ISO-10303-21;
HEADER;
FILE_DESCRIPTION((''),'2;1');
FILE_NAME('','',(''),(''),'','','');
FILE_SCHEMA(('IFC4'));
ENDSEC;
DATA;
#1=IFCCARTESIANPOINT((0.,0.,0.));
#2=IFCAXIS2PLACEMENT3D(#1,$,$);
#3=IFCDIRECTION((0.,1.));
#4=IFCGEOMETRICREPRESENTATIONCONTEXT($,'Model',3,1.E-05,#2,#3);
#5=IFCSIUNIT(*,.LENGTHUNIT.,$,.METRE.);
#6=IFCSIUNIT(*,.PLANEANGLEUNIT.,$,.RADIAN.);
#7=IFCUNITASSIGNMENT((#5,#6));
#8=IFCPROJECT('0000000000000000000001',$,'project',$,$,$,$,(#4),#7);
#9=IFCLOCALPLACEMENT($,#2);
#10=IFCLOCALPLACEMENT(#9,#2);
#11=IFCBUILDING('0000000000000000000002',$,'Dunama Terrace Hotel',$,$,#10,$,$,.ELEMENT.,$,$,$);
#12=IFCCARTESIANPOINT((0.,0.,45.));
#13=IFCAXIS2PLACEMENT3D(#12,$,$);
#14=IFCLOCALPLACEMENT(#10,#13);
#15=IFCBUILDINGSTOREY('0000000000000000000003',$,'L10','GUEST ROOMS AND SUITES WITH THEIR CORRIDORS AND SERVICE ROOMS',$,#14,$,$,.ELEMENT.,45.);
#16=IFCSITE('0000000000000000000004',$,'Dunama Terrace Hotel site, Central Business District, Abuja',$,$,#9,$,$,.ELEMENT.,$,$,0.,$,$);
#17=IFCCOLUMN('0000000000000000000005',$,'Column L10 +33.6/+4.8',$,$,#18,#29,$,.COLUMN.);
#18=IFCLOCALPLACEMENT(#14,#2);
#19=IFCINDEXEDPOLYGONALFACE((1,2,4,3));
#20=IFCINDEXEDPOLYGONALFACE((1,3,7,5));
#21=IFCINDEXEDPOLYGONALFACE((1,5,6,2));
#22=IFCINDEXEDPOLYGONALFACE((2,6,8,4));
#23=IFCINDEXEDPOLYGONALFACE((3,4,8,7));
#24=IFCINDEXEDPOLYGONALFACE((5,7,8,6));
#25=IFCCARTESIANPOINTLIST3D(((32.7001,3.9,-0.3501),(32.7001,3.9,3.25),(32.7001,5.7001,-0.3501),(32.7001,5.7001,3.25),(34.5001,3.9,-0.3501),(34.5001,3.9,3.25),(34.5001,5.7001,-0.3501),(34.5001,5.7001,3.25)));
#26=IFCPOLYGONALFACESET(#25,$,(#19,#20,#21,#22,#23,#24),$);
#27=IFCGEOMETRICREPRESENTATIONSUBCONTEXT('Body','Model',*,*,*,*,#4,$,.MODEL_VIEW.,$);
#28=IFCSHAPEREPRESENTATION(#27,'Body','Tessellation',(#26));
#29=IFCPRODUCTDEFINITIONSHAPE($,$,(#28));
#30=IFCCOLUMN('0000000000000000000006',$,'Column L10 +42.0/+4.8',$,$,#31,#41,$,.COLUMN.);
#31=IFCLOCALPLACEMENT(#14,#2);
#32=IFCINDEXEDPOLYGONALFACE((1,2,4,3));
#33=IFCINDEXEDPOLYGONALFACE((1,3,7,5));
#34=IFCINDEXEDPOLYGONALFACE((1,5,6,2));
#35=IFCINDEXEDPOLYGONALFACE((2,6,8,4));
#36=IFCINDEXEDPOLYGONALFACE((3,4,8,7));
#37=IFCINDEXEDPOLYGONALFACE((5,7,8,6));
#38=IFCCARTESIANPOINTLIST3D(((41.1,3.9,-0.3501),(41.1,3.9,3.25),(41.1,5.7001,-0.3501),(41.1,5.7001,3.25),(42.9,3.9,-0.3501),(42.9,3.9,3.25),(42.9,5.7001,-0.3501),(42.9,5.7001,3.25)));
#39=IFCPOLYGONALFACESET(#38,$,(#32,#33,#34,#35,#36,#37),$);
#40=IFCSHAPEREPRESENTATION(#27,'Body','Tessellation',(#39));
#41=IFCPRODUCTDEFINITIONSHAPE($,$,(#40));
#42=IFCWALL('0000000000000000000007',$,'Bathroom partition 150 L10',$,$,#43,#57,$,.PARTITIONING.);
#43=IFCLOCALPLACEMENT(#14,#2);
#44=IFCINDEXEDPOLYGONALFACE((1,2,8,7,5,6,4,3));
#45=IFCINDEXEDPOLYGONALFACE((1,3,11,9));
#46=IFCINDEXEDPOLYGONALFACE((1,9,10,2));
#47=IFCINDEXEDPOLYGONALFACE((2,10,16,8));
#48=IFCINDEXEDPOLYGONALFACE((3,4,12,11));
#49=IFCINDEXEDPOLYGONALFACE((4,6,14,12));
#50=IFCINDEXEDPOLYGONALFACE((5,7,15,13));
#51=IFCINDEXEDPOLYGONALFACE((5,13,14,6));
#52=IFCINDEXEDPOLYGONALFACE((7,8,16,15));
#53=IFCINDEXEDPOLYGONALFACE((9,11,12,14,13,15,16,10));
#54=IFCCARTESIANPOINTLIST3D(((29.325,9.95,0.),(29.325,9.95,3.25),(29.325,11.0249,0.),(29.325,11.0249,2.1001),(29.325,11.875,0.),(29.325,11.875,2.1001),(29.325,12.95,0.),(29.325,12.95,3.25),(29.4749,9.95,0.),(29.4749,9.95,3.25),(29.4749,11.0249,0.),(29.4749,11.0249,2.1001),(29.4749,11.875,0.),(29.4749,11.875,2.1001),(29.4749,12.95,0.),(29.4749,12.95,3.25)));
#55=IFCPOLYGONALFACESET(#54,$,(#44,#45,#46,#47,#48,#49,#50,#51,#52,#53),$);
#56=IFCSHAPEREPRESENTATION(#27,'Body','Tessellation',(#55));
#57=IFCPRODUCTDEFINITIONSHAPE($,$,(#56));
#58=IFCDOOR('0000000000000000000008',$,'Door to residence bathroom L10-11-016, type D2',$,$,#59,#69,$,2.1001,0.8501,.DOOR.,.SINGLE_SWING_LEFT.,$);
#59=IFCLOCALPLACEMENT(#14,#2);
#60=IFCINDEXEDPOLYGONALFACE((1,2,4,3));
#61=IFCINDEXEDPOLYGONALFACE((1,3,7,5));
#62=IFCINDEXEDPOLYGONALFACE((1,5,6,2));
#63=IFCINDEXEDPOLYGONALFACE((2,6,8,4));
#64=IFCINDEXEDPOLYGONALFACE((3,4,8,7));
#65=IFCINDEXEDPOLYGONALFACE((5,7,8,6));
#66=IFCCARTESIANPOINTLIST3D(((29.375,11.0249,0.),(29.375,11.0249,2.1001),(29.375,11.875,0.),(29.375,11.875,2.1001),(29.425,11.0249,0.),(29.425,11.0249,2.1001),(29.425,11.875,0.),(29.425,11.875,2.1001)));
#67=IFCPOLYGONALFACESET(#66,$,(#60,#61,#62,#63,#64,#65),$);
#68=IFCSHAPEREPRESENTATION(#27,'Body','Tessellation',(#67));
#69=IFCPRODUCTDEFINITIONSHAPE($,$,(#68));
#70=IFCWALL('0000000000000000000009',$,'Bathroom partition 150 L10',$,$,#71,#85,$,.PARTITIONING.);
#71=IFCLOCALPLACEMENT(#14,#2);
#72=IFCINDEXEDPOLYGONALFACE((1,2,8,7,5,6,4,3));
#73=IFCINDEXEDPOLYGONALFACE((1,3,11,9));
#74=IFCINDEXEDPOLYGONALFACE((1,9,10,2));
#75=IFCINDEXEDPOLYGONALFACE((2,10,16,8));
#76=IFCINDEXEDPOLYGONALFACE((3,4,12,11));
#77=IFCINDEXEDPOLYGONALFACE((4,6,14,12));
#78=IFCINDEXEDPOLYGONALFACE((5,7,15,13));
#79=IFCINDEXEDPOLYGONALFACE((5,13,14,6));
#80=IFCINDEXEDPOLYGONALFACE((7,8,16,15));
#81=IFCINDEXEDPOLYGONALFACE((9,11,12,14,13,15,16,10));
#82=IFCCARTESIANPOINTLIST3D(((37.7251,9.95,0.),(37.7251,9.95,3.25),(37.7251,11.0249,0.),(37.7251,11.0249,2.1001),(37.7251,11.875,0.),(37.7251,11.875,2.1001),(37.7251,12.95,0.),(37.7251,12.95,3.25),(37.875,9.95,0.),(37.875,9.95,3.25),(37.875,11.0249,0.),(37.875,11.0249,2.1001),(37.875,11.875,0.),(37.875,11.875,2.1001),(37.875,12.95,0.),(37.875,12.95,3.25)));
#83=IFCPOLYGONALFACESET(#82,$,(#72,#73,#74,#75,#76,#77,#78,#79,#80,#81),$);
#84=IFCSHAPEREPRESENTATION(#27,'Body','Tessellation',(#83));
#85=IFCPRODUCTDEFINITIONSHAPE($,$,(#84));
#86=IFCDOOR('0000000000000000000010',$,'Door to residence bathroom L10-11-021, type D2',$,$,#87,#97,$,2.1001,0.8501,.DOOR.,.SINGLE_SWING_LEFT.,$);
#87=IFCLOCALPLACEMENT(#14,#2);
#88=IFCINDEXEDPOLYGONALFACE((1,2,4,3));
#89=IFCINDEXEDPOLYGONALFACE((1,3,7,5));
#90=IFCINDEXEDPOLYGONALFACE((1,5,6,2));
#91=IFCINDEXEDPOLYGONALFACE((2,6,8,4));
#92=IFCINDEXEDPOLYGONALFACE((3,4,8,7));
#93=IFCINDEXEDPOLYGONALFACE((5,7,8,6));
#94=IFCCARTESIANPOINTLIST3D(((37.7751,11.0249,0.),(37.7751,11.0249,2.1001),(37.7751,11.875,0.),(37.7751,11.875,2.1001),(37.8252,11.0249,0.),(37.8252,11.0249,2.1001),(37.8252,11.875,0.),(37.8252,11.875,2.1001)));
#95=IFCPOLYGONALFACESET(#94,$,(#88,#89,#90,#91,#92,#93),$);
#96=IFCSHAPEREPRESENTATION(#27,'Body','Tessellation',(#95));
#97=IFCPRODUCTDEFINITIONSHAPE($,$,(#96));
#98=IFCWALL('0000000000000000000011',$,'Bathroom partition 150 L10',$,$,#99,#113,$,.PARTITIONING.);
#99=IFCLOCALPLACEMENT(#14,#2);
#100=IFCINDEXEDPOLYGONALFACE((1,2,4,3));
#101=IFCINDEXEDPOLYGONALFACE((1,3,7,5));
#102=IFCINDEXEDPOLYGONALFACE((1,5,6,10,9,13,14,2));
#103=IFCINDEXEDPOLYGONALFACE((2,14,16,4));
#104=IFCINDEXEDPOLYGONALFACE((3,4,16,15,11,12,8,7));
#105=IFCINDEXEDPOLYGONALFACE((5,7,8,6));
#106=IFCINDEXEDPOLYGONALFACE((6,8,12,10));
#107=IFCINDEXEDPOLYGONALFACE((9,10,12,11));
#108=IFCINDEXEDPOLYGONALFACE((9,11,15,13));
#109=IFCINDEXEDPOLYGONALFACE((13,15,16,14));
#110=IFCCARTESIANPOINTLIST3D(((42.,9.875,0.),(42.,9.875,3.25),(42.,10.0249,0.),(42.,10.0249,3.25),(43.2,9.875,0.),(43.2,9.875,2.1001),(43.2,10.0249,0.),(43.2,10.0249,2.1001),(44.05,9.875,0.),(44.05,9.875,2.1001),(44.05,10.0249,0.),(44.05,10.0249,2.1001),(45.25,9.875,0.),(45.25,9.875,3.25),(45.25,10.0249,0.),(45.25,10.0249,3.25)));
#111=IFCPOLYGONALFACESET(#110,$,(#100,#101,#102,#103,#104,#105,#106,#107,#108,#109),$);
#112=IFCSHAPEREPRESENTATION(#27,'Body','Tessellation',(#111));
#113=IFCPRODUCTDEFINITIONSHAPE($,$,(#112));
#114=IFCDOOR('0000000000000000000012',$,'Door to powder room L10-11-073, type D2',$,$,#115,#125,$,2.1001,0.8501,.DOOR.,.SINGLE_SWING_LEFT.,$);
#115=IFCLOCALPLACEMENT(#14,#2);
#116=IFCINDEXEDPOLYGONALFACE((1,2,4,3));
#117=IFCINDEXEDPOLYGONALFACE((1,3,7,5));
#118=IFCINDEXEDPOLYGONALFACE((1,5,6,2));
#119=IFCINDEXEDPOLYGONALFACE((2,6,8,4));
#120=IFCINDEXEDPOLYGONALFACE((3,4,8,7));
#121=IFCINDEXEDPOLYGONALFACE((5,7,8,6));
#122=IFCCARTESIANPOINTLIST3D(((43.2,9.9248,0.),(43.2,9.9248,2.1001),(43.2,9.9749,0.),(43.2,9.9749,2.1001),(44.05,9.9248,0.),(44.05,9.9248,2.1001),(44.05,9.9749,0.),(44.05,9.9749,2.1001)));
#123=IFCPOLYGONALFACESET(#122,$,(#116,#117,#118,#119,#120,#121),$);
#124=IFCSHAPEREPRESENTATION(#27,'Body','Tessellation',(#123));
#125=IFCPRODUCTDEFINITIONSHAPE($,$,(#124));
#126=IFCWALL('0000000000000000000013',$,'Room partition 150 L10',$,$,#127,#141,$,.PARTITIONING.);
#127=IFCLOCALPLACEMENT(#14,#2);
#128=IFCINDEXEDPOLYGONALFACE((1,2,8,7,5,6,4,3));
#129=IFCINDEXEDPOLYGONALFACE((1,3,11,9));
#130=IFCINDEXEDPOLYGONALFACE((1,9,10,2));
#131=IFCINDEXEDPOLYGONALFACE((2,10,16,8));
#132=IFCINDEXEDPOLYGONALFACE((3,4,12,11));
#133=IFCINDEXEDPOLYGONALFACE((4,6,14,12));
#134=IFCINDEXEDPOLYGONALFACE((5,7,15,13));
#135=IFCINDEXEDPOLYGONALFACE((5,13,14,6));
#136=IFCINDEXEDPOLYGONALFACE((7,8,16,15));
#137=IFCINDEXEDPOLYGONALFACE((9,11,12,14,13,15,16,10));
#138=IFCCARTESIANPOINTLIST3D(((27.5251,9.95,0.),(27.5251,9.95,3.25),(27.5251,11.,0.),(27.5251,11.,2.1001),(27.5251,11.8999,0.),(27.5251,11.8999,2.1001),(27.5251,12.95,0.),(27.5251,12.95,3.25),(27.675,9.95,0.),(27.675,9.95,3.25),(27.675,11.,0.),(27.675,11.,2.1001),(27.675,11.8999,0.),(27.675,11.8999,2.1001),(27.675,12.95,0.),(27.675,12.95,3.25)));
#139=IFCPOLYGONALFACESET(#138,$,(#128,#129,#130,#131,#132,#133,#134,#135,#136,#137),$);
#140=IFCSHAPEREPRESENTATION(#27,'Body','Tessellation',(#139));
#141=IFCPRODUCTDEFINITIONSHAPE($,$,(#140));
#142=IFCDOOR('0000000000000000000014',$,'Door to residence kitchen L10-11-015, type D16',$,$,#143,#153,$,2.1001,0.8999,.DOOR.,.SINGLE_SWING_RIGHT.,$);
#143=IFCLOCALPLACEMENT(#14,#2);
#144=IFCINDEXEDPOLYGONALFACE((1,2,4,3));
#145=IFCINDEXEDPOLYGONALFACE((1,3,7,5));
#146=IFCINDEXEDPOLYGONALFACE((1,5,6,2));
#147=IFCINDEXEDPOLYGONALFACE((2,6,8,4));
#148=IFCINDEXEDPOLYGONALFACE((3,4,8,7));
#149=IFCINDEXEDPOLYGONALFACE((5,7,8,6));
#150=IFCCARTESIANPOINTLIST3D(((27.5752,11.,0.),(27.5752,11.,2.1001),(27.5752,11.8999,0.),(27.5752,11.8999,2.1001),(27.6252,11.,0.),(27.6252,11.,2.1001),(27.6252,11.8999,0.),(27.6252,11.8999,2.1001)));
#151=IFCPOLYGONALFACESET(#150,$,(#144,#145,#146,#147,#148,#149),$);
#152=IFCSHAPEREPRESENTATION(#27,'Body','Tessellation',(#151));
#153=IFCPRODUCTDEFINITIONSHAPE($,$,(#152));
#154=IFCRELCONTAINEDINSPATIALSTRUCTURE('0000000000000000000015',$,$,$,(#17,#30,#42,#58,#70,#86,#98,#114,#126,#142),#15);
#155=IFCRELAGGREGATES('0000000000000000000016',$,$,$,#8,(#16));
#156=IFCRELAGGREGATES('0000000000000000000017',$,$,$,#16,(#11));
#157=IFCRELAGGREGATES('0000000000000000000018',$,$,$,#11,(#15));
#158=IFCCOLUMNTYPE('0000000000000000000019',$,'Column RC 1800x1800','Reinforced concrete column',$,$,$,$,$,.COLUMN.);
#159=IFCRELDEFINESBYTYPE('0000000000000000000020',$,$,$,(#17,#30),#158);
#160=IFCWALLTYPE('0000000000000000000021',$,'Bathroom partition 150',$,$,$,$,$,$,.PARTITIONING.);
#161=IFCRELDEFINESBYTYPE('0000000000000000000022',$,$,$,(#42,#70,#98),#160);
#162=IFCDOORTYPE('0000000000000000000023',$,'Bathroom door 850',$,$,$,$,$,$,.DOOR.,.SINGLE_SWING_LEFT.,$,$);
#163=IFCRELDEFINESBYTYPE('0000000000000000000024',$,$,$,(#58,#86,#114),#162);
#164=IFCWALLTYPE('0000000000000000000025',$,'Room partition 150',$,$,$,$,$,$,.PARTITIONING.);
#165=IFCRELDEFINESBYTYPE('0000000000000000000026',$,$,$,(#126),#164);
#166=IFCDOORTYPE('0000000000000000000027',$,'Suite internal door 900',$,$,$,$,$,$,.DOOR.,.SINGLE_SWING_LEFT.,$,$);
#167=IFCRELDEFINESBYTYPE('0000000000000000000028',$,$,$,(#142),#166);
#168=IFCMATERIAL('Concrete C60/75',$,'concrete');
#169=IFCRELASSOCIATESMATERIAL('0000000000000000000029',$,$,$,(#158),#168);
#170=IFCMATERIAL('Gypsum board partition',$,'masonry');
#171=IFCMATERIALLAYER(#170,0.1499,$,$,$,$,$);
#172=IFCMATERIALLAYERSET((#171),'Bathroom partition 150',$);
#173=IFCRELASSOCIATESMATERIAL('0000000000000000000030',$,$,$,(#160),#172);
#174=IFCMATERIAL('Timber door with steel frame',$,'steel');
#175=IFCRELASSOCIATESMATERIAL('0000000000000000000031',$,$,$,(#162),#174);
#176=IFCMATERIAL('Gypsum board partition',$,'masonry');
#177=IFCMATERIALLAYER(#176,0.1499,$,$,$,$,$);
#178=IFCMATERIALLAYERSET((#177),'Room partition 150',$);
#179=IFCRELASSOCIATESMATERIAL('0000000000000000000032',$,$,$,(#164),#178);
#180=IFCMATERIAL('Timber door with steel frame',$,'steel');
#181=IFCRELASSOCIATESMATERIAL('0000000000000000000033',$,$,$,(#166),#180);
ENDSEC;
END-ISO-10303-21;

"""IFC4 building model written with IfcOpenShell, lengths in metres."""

from ifc_helpers import new_model, si_unit, direction, frame, frame_2d, origin, origin_2d, place, context, subcontext, project, spatial, rectangle, extrude, material, layer, layer_set, material_profile, profile_set, type_object, element, fill, save


model = new_model("IFC4")

# Units and contexts
model_context = context("Model", 3, precision=1e-05, world=origin(), true_north=direction((0.0, 1.0)))
body_context = subcontext(model_context, "Body", "Model", "MODEL_VIEW")
ifc_project = project(units=[si_unit("LENGTHUNIT", "METRE"), si_unit("PLANEANGLEUNIT", "RADIAN")], contexts=[model_context])

# Site, building, storey
site_placement = place(None, origin())
site = spatial("IfcSite", under=ifc_project, at=site_placement, Name="Dunama Terrace Hotel site, Central Business District, Abuja", CompositionType="ELEMENT", RefElevation=0.0)
building_placement = place(site_placement, origin())
building = spatial("IfcBuilding", under=site, at=building_placement, Name="Dunama Terrace Hotel", CompositionType="ELEMENT")
storey_placement = place(building_placement, frame((0.0, 0.0, 45.0)))
storey = spatial("IfcBuildingStorey", under=building, at=storey_placement, Name="L10", Description="GUEST ROOMS AND SUITES WITH THEIR CORRIDORS AND SERVICE ROOMS", CompositionType="ELEMENT", Elevation=45.0)

# Columns
ifc_material_1 = material(Name="Concrete C60/75", Category="concrete")
ifc_material_profile = material_profile(ifc_material_1, rectangle(XDim=1.8, YDim=1.8, at=origin_2d()), Name="RC 1800x1800")
ifc_profile_set = profile_set([ifc_material_profile], Name="Concrete C60/75")
column_type = type_object("IfcColumnType", Name="Column RC 1800x1800", Description="Reinforced concrete column", PredefinedType="COLUMN", material=ifc_profile_set)
for number, where, z_axis, x_axis, name in (
    (1, (33.6001, 4.8, -0.3501), (0.0, 0.0, 1.0), (1.0, 0.0, 0.0), "Column L10 +33.6/+4.8"),
    (2, (42.0, 4.8, -0.3501), (0.0, 0.0, 1.0), (1.0, 0.0, 0.0), "Column L10 +42.0/+4.8"),
):
    element("IfcColumn", number, at=place(storey_placement, frame(where, z_axis=z_axis, x_axis=x_axis)), inside=storey, type_object=column_type, Name=name, PredefinedType="COLUMN", context=body_context, shape_type="SweptSolid", body=[
        extrude(rectangle(XDim=1.8, YDim=1.8, at=origin_2d()), origin(), (0.0, 0.0, 1.0), 3.6001),
    ])

# Walls, openings, doors
ifc_material_2 = material(Name="Gypsum board partition", Category="masonry")
ifc_layer_1 = layer(ifc_material_2, 0.1499)
ifc_layer_set_1 = layer_set([ifc_layer_1], Name="Bathroom partition 150")
wall_type_1 = type_object("IfcWallType", Name="Bathroom partition 150", PredefinedType="PARTITIONING", material=ifc_layer_set_1)
wall_1_placement = place(storey_placement, frame((29.3999, 9.95, 0.0), z_axis=(0.0, 0.0, 1.0), x_axis=(0.0, 1.0, 0.0)))
wall_1 = element("IfcWall", 3, at=wall_1_placement, inside=storey, type_object=wall_type_1, Name="Bathroom partition 150 L10", PredefinedType="PARTITIONING", context=body_context, shape_type="SweptSolid", body=[
    extrude(rectangle(XDim=3.0, YDim=0.1499, at=frame_2d((1.5, 0.0))), origin(), (0.0, 0.0, 1.0), 3.25),
])
opening_1_placement = place(wall_1_placement, frame((1.075, 0.0, 0.0)))
opening_1 = element("IfcOpeningElement", 4, at=opening_1_placement, cuts=wall_1, PredefinedType="OPENING", context=body_context, shape_type="SweptSolid", body=[
    extrude(rectangle(XDim=0.8501, YDim=2.1001, at=frame_2d((0.425, 1.05))), frame((0.0, 0.085, 0.0), z_axis=(0.0, -1.0, 0.0), x_axis=(1.0, 0.0, 0.0)), (0.0, 0.0, 1.0), 0.1699),
])
ifc_material_3 = material(Name="Timber door with steel frame", Category="steel")
door_type_1 = type_object("IfcDoorType", Name="Bathroom door 850", OperationType="SINGLE_SWING_LEFT", PredefinedType="DOOR", material=ifc_material_3)
door_1_placement = place(opening_1_placement, frame((0.8501, 0.0, 0.0), z_axis=(0.0, 0.0, 1.0), x_axis=(-1.0, 0.0, 0.0)))
door_1 = element("IfcDoor", 5, at=door_1_placement, inside=storey, type_object=door_type_1, Name="Door to residence bathroom L10-11-016, type D2", OperationType="SINGLE_SWING_LEFT", OverallHeight=2.1001, OverallWidth=0.8501, PredefinedType="DOOR", context=body_context, shape_type="SweptSolid", body=[
    extrude(rectangle(XDim=0.8501, YDim=2.1001, at=frame_2d((0.425, 1.05))), frame((0.0, 0.0251, 0.0), z_axis=(0.0, -1.0, 0.0), x_axis=(1.0, 0.0, 0.0)), (0.0, 0.0, 1.0), 0.05),
])
fill(opening_1, door_1)
wall_2_placement = place(storey_placement, frame((37.8, 9.95, 0.0), z_axis=(0.0, 0.0, 1.0), x_axis=(0.0, 1.0, 0.0)))
wall_2 = element("IfcWall", 6, at=wall_2_placement, inside=storey, type_object=wall_type_1, Name="Bathroom partition 150 L10", PredefinedType="PARTITIONING", context=body_context, shape_type="SweptSolid", body=[
    extrude(rectangle(XDim=3.0, YDim=0.1499, at=frame_2d((1.5, 0.0))), origin(), (0.0, 0.0, 1.0), 3.25),
])
opening_2_placement = place(wall_2_placement, frame((1.075, 0.0, 0.0)))
opening_2 = element("IfcOpeningElement", 7, at=opening_2_placement, cuts=wall_2, PredefinedType="OPENING", context=body_context, shape_type="SweptSolid", body=[
    extrude(rectangle(XDim=0.8501, YDim=2.1001, at=frame_2d((0.425, 1.05))), frame((0.0, 0.085, 0.0), z_axis=(0.0, -1.0, 0.0), x_axis=(1.0, 0.0, 0.0)), (0.0, 0.0, 1.0), 0.1699),
])
door_2_placement = place(opening_2_placement, frame((0.8501, 0.0, 0.0), z_axis=(0.0, 0.0, 1.0), x_axis=(-1.0, 0.0, 0.0)))
door_2 = element("IfcDoor", 8, at=door_2_placement, inside=storey, type_object=door_type_1, Name="Door to residence bathroom L10-11-021, type D2", OperationType="SINGLE_SWING_LEFT", OverallHeight=2.1001, OverallWidth=0.8501, PredefinedType="DOOR", context=body_context, shape_type="SweptSolid", body=[
    extrude(rectangle(XDim=0.8501, YDim=2.1001, at=frame_2d((0.425, 1.05))), frame((0.0, 0.0251, 0.0), z_axis=(0.0, -1.0, 0.0), x_axis=(1.0, 0.0, 0.0)), (0.0, 0.0, 1.0), 0.05),
])
fill(opening_2, door_2)
wall_3_placement = place(storey_placement, frame((42.0, 9.95, 0.0), z_axis=(0.0, 0.0, 1.0), x_axis=(1.0, 0.0, 0.0)))
wall_3 = element("IfcWall", 9, at=wall_3_placement, inside=storey, type_object=wall_type_1, Name="Bathroom partition 150 L10", PredefinedType="PARTITIONING", context=body_context, shape_type="SweptSolid", body=[
    extrude(rectangle(XDim=3.25, YDim=0.1499, at=frame_2d((1.625, 0.0))), origin(), (0.0, 0.0, 1.0), 3.25),
])
opening_3_placement = place(wall_3_placement, frame((1.2, 0.0, 0.0)))
opening_3 = element("IfcOpeningElement", 10, at=opening_3_placement, cuts=wall_3, PredefinedType="OPENING", context=body_context, shape_type="SweptSolid", body=[
    extrude(rectangle(XDim=0.8501, YDim=2.1001, at=frame_2d((0.425, 1.05))), frame((0.0, 0.085, 0.0), z_axis=(0.0, -1.0, 0.0), x_axis=(1.0, 0.0, 0.0)), (0.0, 0.0, 1.0), 0.1699),
])
door_3_placement = place(opening_3_placement, origin())
door_3 = element("IfcDoor", 11, at=door_3_placement, inside=storey, type_object=door_type_1, Name="Door to powder room L10-11-073, type D2", OperationType="SINGLE_SWING_LEFT", OverallHeight=2.1001, OverallWidth=0.8501, PredefinedType="DOOR", context=body_context, shape_type="SweptSolid", body=[
    extrude(rectangle(XDim=0.8501, YDim=2.1001, at=frame_2d((0.425, 1.05))), frame((0.0, 0.0249, 0.0), z_axis=(0.0, -1.0, 0.0), x_axis=(1.0, 0.0, 0.0)), (0.0, 0.0, 1.0), 0.05),
])
fill(opening_3, door_3)
ifc_material_4 = material(Name="Gypsum board partition", Category="masonry")
ifc_layer_2 = layer(ifc_material_4, 0.1499)
ifc_layer_set_2 = layer_set([ifc_layer_2], Name="Room partition 150")
wall_type_2 = type_object("IfcWallType", Name="Room partition 150", PredefinedType="PARTITIONING", material=ifc_layer_set_2)
wall_4_placement = place(storey_placement, frame((27.6001, 9.95, 0.0), z_axis=(0.0, 0.0, 1.0), x_axis=(0.0, 1.0, 0.0)))
wall_4 = element("IfcWall", 12, at=wall_4_placement, inside=storey, type_object=wall_type_2, Name="Room partition 150 L10", PredefinedType="PARTITIONING", context=body_context, shape_type="SweptSolid", body=[
    extrude(rectangle(XDim=3.0, YDim=0.1499, at=frame_2d((1.5, 0.0))), origin(), (0.0, 0.0, 1.0), 3.25),
])
opening_4_placement = place(wall_4_placement, frame((1.05, 0.0, 0.0)))
opening_4 = element("IfcOpeningElement", 13, at=opening_4_placement, cuts=wall_4, PredefinedType="OPENING", context=body_context, shape_type="SweptSolid", body=[
    extrude(rectangle(XDim=0.8999, YDim=2.1001, at=frame_2d((0.45, 1.05))), frame((0.0, 0.085, 0.0), z_axis=(0.0, -1.0, 0.0), x_axis=(1.0, 0.0, 0.0)), (0.0, 0.0, 1.0), 0.1699),
])
ifc_material_5 = material(Name="Timber door with steel frame", Category="steel")
door_type_2 = type_object("IfcDoorType", Name="Suite internal door 900", OperationType="SINGLE_SWING_LEFT", PredefinedType="DOOR", material=ifc_material_5)
door_4_placement = place(opening_4_placement, origin())
door_4 = element("IfcDoor", 14, at=door_4_placement, inside=storey, type_object=door_type_2, Name="Door to residence kitchen L10-11-015, type D16", OperationType="SINGLE_SWING_RIGHT", OverallHeight=2.1001, OverallWidth=0.8999, PredefinedType="DOOR", context=body_context, shape_type="SweptSolid", body=[
    extrude(rectangle(XDim=0.8999, YDim=2.1001, at=frame_2d((0.45, 1.05))), frame((0.0, 0.0249, 0.0), z_axis=(0.0, -1.0, 0.0), x_axis=(1.0, 0.0, 0.0)), (0.0, 0.0, 1.0), 0.05),
])
fill(opening_4, door_4)

save(model, "model.ifc")
